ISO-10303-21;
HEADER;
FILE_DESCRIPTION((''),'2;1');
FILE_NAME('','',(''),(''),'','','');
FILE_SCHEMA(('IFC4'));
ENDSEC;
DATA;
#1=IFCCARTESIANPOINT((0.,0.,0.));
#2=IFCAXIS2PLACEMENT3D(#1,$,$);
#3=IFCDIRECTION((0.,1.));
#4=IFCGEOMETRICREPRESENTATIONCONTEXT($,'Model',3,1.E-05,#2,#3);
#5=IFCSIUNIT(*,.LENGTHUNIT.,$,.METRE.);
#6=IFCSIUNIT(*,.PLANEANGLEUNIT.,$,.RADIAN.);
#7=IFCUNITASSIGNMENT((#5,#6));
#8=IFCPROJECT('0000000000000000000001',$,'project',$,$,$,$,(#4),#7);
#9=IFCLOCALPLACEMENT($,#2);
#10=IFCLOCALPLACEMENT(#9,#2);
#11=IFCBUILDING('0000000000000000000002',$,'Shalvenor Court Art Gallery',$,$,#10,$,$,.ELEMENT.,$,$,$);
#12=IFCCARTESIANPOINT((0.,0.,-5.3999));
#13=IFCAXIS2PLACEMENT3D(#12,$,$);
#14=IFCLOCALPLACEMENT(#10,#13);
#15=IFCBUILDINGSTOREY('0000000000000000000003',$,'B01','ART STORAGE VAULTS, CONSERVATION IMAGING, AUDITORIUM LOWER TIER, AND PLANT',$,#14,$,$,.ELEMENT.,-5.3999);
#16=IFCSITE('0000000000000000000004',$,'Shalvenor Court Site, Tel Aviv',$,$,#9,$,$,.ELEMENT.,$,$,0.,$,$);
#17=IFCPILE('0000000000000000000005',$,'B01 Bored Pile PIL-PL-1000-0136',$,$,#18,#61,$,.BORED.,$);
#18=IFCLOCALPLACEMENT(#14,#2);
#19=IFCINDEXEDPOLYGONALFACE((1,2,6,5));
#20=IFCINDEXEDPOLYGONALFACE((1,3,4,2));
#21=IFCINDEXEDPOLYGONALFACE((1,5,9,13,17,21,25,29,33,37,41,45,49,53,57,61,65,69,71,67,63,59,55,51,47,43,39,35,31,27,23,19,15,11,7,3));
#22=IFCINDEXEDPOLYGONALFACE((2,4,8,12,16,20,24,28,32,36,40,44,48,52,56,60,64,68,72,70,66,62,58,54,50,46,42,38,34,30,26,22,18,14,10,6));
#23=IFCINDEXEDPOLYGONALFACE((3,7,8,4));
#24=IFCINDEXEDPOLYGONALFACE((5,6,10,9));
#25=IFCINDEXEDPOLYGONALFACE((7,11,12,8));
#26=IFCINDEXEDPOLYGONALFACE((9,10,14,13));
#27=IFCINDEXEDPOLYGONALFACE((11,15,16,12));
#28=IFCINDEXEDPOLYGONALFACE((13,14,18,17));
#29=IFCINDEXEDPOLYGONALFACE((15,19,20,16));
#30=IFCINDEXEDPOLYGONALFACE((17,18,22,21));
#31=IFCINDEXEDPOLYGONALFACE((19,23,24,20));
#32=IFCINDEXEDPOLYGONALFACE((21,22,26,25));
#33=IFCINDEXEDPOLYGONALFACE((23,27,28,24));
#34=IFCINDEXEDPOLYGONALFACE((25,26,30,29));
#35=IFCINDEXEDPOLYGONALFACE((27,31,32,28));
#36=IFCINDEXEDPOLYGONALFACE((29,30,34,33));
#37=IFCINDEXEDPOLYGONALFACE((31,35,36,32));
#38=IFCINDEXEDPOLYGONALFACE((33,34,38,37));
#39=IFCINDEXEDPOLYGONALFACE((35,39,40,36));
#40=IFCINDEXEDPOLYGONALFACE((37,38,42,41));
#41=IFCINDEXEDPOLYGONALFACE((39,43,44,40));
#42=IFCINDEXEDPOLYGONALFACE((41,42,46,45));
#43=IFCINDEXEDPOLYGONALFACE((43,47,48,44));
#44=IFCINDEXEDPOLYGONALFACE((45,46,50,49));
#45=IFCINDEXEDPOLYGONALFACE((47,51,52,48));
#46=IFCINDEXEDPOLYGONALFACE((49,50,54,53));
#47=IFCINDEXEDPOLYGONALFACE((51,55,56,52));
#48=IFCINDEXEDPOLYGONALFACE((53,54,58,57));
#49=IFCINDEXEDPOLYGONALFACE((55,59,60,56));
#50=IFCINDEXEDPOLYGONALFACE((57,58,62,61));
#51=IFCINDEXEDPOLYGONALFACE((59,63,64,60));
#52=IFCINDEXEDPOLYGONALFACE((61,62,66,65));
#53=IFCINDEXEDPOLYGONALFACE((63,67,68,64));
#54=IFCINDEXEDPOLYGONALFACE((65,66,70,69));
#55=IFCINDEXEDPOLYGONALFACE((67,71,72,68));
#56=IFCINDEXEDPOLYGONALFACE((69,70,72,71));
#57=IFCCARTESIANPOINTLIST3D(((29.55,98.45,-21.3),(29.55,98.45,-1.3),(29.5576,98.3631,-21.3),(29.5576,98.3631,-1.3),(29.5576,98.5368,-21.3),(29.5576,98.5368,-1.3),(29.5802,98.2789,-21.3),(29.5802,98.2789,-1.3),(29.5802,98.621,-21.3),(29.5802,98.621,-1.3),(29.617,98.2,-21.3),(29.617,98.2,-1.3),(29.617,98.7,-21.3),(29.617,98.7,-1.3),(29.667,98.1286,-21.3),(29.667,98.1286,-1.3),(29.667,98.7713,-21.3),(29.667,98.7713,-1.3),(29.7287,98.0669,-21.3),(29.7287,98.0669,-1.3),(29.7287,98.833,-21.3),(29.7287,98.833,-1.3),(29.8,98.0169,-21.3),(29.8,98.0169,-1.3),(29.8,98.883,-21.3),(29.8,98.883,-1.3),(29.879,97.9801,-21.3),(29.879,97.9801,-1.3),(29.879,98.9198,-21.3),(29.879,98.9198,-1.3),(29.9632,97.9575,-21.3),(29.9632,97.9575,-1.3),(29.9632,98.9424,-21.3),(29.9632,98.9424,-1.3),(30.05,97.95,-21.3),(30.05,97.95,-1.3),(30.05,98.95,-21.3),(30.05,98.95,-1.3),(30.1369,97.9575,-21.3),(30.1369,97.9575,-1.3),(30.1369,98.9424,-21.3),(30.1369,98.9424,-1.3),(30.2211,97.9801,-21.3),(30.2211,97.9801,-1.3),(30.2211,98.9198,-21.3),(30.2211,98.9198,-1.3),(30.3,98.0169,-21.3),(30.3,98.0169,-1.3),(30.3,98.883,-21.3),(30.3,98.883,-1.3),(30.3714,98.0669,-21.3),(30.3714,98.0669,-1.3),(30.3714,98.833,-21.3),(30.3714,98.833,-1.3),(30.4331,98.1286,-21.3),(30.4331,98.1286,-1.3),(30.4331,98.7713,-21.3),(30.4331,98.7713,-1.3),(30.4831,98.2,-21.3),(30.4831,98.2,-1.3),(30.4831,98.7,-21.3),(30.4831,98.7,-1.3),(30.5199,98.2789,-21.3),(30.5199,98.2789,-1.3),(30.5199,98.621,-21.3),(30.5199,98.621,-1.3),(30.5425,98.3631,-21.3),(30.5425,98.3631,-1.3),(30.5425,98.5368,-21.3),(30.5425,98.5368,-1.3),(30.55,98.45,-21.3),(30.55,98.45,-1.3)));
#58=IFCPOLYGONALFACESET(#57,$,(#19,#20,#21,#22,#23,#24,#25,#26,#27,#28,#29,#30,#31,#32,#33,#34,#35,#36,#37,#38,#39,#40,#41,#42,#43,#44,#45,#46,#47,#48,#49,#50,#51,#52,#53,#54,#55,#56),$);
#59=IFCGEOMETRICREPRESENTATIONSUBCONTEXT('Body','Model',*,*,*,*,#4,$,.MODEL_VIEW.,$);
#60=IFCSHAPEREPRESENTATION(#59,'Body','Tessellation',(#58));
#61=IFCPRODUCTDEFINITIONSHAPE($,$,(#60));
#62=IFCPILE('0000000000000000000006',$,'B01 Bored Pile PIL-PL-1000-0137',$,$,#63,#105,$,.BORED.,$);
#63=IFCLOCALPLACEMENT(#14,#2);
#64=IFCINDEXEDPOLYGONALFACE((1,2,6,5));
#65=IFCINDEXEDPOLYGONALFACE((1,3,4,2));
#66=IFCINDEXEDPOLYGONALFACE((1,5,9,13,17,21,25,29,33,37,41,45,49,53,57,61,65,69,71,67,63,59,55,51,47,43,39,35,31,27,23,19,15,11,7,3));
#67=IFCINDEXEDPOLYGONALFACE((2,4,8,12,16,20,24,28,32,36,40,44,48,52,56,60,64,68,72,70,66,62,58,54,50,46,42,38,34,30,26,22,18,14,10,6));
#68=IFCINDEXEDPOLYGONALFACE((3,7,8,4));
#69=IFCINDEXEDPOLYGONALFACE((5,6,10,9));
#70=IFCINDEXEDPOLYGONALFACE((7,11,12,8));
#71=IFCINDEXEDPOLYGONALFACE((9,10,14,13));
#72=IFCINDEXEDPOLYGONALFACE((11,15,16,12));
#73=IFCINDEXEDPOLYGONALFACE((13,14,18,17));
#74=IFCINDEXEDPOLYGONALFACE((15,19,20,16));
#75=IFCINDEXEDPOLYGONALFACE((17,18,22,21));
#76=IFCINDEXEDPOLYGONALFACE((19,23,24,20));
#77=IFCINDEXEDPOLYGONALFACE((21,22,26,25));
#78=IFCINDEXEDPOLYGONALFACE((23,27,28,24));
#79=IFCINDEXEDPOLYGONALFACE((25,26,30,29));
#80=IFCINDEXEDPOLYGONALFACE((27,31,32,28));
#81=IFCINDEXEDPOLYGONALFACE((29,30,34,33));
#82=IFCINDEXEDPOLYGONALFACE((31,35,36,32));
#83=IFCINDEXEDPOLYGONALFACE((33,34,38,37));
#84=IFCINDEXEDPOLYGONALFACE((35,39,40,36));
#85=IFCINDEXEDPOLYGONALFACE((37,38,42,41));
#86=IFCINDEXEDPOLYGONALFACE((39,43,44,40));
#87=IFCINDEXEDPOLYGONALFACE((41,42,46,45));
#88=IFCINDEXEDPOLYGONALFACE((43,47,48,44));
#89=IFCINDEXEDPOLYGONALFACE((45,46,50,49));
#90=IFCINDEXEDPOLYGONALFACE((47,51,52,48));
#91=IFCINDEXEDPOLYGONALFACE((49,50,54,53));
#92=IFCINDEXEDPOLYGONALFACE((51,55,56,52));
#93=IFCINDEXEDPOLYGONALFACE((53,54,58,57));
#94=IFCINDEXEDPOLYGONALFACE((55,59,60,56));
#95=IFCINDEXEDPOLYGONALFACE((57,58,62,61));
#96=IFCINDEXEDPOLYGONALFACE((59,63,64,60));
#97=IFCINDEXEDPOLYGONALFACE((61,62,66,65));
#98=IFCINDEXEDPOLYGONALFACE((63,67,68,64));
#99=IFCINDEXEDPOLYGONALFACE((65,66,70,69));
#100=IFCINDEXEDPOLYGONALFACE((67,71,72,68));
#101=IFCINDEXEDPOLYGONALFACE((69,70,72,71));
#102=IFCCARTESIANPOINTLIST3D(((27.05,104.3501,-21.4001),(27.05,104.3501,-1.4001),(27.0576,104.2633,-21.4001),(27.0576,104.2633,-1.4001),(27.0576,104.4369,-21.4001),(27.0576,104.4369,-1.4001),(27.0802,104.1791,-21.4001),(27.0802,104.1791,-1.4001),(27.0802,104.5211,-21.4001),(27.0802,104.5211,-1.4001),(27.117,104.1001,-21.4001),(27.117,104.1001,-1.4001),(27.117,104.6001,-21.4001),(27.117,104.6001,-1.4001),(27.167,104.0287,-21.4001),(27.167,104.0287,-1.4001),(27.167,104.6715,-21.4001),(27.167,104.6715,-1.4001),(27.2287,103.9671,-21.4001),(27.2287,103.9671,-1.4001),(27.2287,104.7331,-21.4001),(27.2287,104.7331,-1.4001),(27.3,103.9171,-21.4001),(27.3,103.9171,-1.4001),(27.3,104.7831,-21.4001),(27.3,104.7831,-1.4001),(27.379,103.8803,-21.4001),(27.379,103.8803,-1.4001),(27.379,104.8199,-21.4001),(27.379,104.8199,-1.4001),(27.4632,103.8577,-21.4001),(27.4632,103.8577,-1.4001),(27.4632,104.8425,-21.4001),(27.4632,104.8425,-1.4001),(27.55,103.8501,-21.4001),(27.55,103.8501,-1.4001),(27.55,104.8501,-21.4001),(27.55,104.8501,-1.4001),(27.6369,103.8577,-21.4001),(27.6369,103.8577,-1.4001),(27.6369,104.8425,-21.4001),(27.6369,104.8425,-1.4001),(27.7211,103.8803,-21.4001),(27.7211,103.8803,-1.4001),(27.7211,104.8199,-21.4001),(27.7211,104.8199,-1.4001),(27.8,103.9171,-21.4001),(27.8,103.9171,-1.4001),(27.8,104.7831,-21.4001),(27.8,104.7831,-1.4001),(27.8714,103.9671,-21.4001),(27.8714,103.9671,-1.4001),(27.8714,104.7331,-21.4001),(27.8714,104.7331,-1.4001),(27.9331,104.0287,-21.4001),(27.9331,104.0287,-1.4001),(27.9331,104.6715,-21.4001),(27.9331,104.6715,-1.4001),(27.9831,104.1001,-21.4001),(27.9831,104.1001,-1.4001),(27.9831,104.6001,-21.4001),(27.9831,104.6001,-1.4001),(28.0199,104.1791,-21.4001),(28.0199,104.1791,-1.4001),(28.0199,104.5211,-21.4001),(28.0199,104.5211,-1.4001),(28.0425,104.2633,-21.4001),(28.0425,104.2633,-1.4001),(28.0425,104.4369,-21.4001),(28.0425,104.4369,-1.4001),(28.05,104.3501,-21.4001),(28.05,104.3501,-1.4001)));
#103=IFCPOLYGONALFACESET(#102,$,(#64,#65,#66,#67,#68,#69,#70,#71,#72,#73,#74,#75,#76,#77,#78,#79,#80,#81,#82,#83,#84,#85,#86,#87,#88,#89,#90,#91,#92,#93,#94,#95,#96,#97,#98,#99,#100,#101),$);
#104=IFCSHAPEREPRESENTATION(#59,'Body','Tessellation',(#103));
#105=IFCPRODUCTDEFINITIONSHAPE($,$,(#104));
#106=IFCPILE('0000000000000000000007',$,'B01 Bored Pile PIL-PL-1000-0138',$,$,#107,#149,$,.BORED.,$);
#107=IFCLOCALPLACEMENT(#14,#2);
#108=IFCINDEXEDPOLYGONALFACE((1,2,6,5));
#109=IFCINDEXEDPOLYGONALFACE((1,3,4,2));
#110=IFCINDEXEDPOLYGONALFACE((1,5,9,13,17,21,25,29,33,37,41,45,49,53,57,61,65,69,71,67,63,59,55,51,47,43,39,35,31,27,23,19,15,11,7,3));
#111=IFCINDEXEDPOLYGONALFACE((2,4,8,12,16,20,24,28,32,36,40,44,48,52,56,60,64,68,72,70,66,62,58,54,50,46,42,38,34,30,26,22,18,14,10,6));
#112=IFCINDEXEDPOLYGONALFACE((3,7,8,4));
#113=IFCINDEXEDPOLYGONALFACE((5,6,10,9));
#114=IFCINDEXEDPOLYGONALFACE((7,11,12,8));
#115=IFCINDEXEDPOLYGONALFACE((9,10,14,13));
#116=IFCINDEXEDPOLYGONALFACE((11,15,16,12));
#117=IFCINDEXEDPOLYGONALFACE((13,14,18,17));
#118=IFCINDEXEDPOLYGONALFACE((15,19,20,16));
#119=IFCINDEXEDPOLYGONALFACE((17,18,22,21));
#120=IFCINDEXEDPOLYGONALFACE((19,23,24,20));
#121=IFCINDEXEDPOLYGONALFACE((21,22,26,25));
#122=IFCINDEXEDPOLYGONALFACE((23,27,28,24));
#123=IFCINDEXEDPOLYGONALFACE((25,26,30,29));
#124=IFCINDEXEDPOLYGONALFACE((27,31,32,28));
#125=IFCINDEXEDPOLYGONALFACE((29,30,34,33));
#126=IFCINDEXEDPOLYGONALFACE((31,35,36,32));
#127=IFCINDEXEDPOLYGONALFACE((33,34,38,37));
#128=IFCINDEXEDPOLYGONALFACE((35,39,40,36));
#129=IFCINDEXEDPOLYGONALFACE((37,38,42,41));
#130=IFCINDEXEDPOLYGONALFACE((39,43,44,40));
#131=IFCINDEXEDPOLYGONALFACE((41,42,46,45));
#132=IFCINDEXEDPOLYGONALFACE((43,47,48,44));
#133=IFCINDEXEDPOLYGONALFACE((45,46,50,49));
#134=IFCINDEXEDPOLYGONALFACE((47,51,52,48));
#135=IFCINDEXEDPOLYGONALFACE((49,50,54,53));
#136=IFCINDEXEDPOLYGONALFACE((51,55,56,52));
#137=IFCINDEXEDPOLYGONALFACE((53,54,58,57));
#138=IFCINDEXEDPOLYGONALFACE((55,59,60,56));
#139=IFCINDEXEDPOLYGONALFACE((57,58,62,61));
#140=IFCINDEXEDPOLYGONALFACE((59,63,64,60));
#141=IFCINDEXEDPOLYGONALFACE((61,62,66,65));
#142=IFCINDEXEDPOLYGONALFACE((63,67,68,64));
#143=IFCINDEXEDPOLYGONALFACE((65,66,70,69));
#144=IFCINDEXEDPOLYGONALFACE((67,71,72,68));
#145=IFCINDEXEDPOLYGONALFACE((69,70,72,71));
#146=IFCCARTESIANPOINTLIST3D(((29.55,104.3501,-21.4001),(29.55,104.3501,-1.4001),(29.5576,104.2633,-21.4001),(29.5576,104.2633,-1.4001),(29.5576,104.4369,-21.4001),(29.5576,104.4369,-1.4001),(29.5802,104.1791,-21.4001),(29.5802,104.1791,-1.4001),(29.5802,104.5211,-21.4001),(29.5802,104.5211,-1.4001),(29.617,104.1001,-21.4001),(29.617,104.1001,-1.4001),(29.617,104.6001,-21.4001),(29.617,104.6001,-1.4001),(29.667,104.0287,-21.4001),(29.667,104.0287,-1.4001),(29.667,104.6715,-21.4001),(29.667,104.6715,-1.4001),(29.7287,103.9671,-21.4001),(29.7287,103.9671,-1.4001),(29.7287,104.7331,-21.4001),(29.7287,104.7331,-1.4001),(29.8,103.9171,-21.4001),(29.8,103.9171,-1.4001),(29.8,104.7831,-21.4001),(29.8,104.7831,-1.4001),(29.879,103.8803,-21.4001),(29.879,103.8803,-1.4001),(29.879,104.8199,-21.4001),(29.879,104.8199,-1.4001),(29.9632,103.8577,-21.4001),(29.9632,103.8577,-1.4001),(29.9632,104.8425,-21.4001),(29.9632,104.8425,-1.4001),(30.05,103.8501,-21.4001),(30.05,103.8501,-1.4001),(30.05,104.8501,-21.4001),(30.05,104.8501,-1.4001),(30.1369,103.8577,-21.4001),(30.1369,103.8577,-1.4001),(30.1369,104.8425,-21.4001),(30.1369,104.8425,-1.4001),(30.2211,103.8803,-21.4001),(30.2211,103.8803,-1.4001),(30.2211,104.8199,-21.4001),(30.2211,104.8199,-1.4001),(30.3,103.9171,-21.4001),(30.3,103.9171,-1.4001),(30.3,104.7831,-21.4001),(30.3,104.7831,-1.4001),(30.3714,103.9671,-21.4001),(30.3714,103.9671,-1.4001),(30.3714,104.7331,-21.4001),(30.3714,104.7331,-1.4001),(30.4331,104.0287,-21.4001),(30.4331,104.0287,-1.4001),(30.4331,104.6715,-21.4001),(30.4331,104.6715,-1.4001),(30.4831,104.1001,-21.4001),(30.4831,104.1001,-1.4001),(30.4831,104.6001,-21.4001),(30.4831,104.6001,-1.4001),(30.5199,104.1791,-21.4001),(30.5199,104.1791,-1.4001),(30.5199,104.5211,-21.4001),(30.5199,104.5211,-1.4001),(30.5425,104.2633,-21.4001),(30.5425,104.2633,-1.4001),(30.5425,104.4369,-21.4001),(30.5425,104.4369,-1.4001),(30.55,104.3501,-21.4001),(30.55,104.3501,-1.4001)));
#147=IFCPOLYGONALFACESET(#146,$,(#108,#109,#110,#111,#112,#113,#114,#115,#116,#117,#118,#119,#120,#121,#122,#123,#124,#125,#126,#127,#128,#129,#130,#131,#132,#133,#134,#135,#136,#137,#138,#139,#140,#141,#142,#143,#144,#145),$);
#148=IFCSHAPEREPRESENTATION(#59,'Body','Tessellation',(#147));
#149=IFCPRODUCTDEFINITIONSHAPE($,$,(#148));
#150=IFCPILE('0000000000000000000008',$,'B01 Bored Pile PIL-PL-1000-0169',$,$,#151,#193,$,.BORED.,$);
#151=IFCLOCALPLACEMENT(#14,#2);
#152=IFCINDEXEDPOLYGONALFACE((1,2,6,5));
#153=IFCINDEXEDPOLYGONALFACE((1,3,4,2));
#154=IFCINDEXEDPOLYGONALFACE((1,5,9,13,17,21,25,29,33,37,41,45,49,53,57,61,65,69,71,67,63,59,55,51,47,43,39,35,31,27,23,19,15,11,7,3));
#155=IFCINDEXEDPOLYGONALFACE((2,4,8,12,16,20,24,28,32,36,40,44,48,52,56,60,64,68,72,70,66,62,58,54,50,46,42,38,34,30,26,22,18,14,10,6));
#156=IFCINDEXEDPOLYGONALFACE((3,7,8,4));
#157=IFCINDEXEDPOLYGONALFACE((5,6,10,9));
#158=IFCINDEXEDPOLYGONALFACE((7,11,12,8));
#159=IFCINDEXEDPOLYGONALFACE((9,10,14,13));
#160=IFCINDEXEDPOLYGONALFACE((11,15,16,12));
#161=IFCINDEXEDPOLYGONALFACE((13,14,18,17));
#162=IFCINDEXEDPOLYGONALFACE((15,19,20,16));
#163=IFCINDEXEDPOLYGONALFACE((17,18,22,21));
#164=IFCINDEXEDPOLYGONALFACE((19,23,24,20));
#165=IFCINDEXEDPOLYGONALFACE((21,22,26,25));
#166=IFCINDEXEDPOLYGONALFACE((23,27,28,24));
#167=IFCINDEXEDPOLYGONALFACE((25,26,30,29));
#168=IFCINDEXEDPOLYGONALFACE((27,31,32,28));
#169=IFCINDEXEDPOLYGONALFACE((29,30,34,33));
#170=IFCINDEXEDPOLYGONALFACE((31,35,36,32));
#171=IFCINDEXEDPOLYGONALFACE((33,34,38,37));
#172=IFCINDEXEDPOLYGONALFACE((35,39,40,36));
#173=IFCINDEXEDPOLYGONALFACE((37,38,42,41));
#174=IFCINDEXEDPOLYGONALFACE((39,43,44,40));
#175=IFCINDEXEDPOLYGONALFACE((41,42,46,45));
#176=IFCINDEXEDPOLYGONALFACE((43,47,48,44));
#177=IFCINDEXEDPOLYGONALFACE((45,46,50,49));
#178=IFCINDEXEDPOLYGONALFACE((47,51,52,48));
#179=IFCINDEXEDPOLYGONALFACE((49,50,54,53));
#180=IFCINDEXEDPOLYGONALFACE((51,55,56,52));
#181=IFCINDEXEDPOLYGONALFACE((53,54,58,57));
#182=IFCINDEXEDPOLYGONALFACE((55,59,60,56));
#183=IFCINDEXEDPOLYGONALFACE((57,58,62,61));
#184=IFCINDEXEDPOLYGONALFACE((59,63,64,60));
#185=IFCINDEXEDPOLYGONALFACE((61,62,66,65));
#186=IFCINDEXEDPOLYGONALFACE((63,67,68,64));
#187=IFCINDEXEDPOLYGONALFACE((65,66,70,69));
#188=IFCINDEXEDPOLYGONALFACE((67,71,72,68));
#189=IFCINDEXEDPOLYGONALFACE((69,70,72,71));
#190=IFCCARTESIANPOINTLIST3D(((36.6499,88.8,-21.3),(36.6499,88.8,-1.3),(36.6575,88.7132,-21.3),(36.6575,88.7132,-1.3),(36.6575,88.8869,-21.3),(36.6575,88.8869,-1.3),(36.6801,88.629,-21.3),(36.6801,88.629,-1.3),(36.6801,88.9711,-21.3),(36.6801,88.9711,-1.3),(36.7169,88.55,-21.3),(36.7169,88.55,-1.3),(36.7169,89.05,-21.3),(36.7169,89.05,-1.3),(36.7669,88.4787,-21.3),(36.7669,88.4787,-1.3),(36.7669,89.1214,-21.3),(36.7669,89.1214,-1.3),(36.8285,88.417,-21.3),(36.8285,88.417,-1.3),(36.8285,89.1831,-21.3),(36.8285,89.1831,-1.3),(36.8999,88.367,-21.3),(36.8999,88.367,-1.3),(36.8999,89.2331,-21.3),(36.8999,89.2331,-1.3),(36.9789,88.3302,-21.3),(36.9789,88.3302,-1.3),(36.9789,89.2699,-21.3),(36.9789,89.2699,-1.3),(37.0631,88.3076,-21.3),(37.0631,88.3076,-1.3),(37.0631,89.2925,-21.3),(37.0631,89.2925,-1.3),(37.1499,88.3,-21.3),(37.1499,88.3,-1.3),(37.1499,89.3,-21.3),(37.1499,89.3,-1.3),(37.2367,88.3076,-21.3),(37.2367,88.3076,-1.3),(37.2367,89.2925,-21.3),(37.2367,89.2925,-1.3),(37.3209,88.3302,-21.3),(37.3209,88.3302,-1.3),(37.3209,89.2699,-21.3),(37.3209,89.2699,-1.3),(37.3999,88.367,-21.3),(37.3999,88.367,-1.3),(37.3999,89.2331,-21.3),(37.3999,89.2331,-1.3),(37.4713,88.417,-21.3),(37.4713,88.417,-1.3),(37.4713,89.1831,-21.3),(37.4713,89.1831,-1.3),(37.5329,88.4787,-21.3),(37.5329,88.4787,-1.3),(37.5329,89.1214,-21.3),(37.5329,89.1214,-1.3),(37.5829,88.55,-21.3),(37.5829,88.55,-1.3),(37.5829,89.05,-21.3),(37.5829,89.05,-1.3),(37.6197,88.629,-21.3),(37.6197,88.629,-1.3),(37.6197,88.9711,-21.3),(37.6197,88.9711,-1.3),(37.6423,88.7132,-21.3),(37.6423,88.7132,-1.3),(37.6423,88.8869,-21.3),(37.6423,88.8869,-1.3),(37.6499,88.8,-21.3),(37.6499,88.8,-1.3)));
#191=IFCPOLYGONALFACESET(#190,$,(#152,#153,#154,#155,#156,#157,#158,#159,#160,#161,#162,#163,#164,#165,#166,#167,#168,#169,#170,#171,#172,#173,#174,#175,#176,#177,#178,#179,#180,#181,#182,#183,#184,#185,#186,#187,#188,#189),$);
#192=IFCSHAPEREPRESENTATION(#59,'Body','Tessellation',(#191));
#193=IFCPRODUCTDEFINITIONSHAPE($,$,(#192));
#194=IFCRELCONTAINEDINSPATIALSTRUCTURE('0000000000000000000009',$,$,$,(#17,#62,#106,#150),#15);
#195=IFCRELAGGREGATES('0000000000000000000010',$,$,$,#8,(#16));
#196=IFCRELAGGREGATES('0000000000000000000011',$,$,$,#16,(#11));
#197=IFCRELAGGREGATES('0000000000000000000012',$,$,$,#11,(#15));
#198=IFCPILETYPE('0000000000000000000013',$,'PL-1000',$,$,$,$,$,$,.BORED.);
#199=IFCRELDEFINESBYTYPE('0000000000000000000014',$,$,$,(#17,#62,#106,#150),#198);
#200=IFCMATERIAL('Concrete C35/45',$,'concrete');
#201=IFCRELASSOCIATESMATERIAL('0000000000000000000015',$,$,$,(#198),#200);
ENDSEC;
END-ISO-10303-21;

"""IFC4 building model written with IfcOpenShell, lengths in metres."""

from ifc_helpers import new_model, si_unit, direction, frame, origin, origin_2d, place, context, subcontext, project, spatial, circle, extrude, material, material_profile, profile_set, type_object, element, save


model = new_model("IFC4")

# Units and contexts
model_context = context("Model", 3, precision=1e-05, world=origin(), true_north=direction((0.0, 1.0)))
body_context = subcontext(model_context, "Body", "Model", "MODEL_VIEW")
ifc_project = project(units=[si_unit("LENGTHUNIT", "METRE"), si_unit("PLANEANGLEUNIT", "RADIAN")], contexts=[model_context])

# Site, building, storey
site_placement = place(None, origin())
site = spatial("IfcSite", under=ifc_project, at=site_placement, Name="Shalvenor Court Site, Tel Aviv", CompositionType="ELEMENT", RefElevation=0.0)
building_placement = place(site_placement, origin())
building = spatial("IfcBuilding", under=site, at=building_placement, Name="Shalvenor Court Art Gallery", CompositionType="ELEMENT")
storey_placement = place(building_placement, frame((0.0, 0.0, -5.3999)))
storey = spatial("IfcBuildingStorey", under=building, at=storey_placement, Name="B01", Description="ART STORAGE VAULTS, CONSERVATION IMAGING, AUDITORIUM LOWER TIER, AND PLANT", CompositionType="ELEMENT", Elevation=-5.3999)

# Piles
ifc_material_1 = material(Name="Concrete C35/45", Category="concrete")
ifc_material_profile_1 = material_profile(ifc_material_1, circle(Radius=0.5, at=origin_2d()), Name="PILE 1000")
ifc_profile_set_1 = profile_set([ifc_material_profile_1], Name="Concrete C35/45")
pile_type_1 = type_object("IfcPileType", Name="PL-1000", PredefinedType="BORED", material=ifc_profile_set_1)
for number, where, z_axis, x_axis, name in (
    (1, (30.05, 98.45, -1.3), (0.0, 0.0, -1.0), (1.0, 0.0, 0.0), "B01 Bored Pile PIL-PL-1000-0136"),
    (2, (27.55, 104.3501, -1.4001), (0.0, 0.0, -1.0), (1.0, 0.0, 0.0), "B01 Bored Pile PIL-PL-1000-0137"),
    (3, (30.05, 104.3501, -1.4001), (0.0, 0.0, -1.0), (1.0, 0.0, 0.0), "B01 Bored Pile PIL-PL-1000-0138"),
    (4, (37.1499, 88.8, -1.3), (0.0, 0.0, -1.0), (1.0, 0.0, 0.0), "B01 Bored Pile PIL-PL-1000-0169"),
):
    element("IfcPile", number, at=place(storey_placement, frame(where, z_axis=z_axis, x_axis=x_axis)), inside=storey, type_object=pile_type_1, Name=name, PredefinedType="BORED", context=body_context, shape_type="SweptSolid", body=[
        extrude(circle(Radius=0.5, at=origin_2d()), origin(), (0.0, 0.0, 1.0), 20.0),
    ])

save(model, "model.ifc")
